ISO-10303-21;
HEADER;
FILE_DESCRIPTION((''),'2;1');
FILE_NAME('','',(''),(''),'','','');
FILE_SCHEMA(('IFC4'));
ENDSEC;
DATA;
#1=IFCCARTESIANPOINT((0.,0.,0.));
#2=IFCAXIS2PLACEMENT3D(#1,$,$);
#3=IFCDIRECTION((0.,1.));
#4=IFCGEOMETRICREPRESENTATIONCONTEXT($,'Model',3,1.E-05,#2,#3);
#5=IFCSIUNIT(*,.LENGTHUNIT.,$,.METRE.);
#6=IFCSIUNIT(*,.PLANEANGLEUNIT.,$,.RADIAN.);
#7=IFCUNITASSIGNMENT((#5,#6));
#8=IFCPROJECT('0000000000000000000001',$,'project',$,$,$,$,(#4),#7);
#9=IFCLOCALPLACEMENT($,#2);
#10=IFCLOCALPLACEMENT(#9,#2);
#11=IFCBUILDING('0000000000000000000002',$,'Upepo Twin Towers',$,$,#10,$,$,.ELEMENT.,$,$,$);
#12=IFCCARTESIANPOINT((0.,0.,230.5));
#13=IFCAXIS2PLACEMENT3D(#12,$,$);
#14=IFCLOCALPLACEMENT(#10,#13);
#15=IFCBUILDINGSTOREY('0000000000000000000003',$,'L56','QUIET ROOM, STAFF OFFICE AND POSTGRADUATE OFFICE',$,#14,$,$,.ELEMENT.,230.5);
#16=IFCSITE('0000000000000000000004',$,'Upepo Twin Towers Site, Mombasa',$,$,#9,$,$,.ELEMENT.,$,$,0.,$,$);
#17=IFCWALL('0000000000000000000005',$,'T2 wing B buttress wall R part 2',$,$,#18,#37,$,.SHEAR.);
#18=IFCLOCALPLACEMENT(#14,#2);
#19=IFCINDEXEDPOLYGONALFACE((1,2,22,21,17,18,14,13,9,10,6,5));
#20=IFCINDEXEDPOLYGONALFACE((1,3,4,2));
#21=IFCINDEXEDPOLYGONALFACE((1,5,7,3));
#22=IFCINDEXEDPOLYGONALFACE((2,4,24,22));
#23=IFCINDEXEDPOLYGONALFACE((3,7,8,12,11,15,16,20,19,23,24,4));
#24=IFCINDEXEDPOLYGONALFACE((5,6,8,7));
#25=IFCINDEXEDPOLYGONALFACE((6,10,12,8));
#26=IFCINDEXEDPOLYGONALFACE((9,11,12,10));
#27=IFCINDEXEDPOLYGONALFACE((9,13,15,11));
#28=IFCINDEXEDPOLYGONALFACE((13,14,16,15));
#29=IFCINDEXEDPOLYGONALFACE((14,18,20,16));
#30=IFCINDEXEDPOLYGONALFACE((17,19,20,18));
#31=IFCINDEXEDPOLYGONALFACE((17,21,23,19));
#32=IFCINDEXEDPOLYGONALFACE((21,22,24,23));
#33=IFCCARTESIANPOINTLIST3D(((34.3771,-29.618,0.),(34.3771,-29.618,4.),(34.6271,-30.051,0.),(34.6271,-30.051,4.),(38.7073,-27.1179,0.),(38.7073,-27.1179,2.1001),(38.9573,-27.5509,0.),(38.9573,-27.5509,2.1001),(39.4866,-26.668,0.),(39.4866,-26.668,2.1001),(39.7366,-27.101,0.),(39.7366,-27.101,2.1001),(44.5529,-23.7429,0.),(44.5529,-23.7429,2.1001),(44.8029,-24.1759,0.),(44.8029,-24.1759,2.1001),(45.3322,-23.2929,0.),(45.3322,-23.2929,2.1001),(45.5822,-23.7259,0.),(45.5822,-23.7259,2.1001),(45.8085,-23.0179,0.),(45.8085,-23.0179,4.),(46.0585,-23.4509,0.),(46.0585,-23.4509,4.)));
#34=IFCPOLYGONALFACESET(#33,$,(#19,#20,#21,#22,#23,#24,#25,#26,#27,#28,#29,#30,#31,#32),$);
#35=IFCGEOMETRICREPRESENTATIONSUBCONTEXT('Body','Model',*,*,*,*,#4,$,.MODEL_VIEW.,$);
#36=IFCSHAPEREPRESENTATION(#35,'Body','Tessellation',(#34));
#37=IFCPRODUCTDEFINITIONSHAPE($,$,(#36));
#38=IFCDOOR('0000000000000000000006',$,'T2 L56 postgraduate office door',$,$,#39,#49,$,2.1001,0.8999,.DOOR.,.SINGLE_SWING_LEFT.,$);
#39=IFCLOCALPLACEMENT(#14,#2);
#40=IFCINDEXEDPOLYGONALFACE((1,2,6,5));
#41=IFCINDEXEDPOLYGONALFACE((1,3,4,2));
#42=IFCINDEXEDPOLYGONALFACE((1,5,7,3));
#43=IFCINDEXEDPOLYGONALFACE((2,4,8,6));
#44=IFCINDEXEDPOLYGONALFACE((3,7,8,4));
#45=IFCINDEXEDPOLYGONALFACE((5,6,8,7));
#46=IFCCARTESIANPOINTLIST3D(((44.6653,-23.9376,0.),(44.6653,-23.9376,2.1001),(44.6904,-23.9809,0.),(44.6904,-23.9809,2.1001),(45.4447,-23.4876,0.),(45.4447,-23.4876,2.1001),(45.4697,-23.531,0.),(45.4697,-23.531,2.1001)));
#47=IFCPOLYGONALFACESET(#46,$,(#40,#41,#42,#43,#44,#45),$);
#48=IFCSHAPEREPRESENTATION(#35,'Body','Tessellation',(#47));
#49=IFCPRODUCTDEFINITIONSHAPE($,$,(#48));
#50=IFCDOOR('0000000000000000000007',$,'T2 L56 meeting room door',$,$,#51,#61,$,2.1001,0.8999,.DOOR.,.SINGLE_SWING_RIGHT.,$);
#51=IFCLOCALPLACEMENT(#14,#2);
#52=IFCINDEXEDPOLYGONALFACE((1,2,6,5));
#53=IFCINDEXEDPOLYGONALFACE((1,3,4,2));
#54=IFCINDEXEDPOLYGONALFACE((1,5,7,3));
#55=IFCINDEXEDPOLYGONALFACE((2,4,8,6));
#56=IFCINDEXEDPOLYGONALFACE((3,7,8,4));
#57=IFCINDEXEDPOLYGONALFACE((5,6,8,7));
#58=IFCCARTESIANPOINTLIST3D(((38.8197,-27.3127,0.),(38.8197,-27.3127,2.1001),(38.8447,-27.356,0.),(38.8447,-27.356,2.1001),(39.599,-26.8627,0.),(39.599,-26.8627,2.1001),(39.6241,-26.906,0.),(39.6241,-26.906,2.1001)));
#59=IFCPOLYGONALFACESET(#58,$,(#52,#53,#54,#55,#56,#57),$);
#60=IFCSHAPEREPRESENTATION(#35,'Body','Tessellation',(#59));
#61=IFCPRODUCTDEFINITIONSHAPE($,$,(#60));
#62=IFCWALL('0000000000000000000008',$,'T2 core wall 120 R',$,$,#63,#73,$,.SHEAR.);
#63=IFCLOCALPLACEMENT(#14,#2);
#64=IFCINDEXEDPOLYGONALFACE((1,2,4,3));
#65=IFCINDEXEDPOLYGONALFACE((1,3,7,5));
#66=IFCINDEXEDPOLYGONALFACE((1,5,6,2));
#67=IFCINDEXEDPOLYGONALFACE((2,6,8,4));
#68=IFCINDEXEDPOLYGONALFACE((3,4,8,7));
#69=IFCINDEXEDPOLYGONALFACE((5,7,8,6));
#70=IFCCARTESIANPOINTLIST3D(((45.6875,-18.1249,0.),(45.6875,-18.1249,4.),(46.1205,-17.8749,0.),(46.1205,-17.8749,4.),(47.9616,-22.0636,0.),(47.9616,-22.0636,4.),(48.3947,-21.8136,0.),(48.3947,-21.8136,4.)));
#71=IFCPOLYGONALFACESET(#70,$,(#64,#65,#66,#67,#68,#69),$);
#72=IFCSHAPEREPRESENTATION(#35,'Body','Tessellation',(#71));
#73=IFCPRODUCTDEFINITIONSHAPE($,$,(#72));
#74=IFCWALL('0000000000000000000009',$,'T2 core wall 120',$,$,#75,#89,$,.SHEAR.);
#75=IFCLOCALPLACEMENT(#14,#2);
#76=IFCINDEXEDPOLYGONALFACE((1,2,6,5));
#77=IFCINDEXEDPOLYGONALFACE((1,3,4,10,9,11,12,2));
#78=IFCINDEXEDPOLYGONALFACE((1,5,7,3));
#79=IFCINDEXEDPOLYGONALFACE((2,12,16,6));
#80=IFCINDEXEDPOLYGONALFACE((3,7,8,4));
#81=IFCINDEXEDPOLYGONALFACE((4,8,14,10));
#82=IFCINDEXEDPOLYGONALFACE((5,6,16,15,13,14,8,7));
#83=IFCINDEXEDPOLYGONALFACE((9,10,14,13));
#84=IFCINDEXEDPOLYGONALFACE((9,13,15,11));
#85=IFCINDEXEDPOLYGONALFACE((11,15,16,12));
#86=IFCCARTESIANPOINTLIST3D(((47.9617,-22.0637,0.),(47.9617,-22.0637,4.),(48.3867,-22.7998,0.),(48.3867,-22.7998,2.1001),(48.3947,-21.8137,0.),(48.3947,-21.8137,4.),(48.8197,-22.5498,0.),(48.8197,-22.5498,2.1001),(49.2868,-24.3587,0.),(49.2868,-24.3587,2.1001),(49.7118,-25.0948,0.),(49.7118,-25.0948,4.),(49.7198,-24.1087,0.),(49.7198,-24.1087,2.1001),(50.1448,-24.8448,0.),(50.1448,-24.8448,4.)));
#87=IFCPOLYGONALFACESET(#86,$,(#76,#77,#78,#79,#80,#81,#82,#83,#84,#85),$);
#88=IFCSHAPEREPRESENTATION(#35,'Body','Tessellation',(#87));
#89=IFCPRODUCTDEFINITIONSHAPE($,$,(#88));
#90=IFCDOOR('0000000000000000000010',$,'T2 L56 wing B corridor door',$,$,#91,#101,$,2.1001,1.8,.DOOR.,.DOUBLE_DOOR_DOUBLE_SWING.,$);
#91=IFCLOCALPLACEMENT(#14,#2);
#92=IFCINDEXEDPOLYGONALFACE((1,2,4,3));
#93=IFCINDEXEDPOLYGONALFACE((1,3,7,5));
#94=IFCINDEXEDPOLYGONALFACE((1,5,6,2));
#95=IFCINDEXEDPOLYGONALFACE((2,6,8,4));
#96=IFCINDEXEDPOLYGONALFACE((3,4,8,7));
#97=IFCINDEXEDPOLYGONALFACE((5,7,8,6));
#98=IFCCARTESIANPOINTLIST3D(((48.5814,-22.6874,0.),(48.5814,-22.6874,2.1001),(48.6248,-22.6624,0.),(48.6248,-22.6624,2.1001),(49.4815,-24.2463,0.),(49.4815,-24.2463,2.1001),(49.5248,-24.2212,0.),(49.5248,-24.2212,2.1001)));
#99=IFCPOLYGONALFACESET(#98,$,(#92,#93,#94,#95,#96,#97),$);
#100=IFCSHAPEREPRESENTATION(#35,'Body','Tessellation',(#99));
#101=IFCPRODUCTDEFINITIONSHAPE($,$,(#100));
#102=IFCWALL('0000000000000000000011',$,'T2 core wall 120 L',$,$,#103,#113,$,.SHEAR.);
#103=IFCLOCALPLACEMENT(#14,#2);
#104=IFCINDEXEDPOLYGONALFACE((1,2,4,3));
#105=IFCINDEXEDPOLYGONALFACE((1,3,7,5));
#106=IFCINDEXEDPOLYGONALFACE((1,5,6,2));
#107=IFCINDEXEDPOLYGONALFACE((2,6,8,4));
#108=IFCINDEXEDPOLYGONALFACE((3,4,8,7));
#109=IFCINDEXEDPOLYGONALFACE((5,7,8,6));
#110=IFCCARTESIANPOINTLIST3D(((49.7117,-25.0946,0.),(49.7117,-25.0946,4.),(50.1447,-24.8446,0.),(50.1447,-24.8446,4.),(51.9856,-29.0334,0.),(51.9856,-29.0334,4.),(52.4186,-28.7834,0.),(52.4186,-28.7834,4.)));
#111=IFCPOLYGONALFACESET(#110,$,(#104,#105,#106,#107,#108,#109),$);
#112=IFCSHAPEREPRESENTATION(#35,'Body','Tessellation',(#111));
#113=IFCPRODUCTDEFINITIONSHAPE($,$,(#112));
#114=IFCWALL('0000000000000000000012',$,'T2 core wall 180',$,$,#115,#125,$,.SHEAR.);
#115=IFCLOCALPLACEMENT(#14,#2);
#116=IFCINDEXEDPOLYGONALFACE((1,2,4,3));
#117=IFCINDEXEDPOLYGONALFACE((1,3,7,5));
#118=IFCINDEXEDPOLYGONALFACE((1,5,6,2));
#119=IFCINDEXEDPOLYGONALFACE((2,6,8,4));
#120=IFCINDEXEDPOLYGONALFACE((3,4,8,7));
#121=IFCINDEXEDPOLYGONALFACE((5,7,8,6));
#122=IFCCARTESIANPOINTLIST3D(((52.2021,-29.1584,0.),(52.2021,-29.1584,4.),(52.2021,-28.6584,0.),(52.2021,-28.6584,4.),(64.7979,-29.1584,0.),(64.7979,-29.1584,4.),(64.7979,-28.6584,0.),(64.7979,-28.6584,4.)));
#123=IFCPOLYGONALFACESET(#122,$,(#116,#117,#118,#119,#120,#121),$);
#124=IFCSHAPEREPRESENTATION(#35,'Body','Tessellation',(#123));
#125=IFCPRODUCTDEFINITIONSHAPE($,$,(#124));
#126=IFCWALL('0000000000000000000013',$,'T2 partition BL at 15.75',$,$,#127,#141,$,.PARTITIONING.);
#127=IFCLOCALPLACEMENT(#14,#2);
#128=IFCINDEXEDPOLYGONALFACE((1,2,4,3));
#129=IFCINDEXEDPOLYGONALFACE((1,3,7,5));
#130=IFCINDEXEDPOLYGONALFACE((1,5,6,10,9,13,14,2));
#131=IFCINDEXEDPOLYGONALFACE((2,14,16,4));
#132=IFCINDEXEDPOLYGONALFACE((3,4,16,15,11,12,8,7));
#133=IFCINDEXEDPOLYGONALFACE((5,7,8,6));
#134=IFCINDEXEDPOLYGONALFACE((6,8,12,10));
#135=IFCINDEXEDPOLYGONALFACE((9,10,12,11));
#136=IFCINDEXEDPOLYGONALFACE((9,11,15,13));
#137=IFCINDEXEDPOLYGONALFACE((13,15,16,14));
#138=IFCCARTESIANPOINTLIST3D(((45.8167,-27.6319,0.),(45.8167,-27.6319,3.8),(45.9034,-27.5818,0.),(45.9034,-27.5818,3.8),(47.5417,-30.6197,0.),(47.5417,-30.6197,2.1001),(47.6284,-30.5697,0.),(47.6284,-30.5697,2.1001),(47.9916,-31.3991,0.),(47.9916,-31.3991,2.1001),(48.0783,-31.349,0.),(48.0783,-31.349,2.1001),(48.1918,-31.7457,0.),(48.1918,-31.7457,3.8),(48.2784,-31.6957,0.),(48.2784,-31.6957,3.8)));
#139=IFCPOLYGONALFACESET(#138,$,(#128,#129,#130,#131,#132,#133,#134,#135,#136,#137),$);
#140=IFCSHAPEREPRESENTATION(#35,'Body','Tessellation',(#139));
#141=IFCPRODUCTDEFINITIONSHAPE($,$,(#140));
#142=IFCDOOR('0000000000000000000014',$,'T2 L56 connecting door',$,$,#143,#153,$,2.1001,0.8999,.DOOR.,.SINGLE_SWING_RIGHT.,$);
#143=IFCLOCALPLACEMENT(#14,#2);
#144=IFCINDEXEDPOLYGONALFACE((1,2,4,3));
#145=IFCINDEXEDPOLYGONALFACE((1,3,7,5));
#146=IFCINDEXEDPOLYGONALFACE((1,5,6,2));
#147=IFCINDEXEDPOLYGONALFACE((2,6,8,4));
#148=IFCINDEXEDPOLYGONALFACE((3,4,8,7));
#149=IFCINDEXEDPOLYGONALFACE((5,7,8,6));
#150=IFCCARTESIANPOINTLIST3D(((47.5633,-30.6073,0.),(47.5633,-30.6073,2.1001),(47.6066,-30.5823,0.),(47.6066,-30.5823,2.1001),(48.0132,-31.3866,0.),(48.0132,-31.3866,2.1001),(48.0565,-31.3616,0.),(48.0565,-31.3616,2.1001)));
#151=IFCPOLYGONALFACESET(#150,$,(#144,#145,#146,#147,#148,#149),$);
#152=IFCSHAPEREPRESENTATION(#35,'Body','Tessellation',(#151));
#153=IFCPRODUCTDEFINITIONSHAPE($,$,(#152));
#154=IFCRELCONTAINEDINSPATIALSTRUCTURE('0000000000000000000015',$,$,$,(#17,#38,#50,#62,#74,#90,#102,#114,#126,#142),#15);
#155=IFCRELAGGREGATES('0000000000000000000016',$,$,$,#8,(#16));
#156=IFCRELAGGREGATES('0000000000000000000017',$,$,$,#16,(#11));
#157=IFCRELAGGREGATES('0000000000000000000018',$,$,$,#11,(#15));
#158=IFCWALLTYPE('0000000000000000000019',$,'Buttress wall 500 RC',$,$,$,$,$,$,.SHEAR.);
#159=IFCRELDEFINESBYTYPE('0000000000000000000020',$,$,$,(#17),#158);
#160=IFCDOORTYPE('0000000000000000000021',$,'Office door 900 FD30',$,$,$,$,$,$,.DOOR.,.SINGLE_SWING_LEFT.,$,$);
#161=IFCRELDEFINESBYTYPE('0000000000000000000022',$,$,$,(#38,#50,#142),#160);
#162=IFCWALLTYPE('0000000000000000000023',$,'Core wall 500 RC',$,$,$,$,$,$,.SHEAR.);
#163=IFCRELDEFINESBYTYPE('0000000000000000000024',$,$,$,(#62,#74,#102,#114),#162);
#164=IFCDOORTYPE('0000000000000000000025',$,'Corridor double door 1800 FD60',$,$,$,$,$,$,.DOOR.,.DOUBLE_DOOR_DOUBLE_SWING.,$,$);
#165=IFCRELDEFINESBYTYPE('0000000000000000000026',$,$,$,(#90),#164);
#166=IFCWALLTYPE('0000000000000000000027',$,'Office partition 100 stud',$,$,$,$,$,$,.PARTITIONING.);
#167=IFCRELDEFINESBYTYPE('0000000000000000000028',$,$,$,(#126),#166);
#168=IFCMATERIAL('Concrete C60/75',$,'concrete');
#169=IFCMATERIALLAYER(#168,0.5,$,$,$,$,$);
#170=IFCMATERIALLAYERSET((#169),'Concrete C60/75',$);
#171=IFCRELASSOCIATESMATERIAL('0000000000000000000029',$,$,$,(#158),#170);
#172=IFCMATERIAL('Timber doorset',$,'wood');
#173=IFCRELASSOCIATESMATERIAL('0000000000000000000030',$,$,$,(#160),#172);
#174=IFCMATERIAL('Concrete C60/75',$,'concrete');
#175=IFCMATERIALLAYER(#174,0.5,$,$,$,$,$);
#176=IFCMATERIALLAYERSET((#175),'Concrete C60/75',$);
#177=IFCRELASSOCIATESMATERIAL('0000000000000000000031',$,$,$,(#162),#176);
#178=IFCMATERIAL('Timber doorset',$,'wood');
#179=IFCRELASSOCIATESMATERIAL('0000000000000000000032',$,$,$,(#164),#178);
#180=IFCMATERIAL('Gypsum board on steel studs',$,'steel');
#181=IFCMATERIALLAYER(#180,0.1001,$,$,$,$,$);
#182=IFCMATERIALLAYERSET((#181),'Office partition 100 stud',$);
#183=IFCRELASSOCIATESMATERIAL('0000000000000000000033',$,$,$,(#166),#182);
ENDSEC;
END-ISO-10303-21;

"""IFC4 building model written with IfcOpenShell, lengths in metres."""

from ifc_helpers import new_model, si_unit, direction, frame, frame_2d, origin, place, context, subcontext, project, spatial, rectangle, extrude, material, layer, layer_set, type_object, element, fill, save


model = new_model("IFC4")

# Units and contexts
model_context = context("Model", 3, precision=1e-05, world=origin(), true_north=direction((0.0, 1.0)))
body_context = subcontext(model_context, "Body", "Model", "MODEL_VIEW")
ifc_project = project(units=[si_unit("LENGTHUNIT", "METRE"), si_unit("PLANEANGLEUNIT", "RADIAN")], contexts=[model_context])

# Site, building, storey
site_placement = place(None, origin())
site = spatial("IfcSite", under=ifc_project, at=site_placement, Name="Upepo Twin Towers Site, Mombasa", CompositionType="ELEMENT", RefElevation=0.0)
building_placement = place(site_placement, origin())
building = spatial("IfcBuilding", under=site, at=building_placement, Name="Upepo Twin Towers", CompositionType="ELEMENT")
storey_placement = place(building_placement, frame((0.0, 0.0, 230.5)))
storey = spatial("IfcBuildingStorey", under=building, at=storey_placement, Name="L56", Description="QUIET ROOM, STAFF OFFICE AND POSTGRADUATE OFFICE", CompositionType="ELEMENT", Elevation=230.5)

# Wall, openings, doors
ifc_material_1 = material(Name="Concrete C60/75", Category="concrete")
ifc_layer_1 = layer(ifc_material_1, 0.5)
ifc_layer_set_1 = layer_set([ifc_layer_1], Name="Concrete C60/75")
wall_type_1 = type_object("IfcWallType", Name="Buttress wall 500 RC", PredefinedType="SHEAR", material=ifc_layer_set_1)
ifc_material_2 = material(Name="Timber doorset", Category="wood")
door_type_1 = type_object("IfcDoorType", Name="Office door 900 FD30", OperationType="SINGLE_SWING_LEFT", PredefinedType="DOOR", material=ifc_material_2)
wall_1_placement = place(storey_placement, frame((45.9336, -23.2344, 0.0), z_axis=(0.0, 0.0, 1.0), x_axis=(-0.86602, -0.50001, 0.0)))
wall_1 = element("IfcWall", 1, at=wall_1_placement, inside=storey, type_object=wall_type_1, Name="T2 wing B buttress wall R part 2", PredefinedType="SHEAR", context=body_context, shape_type="SweptSolid", body=[
    extrude(rectangle(XDim=13.2, YDim=0.5, at=frame_2d((6.6001, 0.0))), origin(), (0.0, 0.0, 1.0), 4.0),
])
opening_1_placement = place(wall_1_placement, frame((0.55, 0.0, 0.0)))
opening_1 = element("IfcOpeningElement", 2, at=opening_1_placement, cuts=wall_1, PredefinedType="OPENING", context=body_context, shape_type="SweptSolid", body=[
    extrude(rectangle(XDim=0.8999, YDim=2.1001, at=frame_2d((0.45, 1.05))), frame((0.0, 0.26, 0.0), z_axis=(0.0, -1.0, 0.0), x_axis=(1.0, 0.0, 0.0)), (0.0, 0.0, 1.0), 0.52),
])
opening_2_placement = place(wall_1_placement, frame((7.3, 0.0, 0.0)))
opening_2 = element("IfcOpeningElement", 3, at=opening_2_placement, cuts=wall_1, PredefinedType="OPENING", context=body_context, shape_type="SweptSolid", body=[
    extrude(rectangle(XDim=0.8999, YDim=2.1001, at=frame_2d((0.45, 1.05))), frame((0.0, 0.26, 0.0), z_axis=(0.0, -1.0, 0.0), x_axis=(1.0, 0.0, 0.0)), (0.0, 0.0, 1.0), 0.52),
])
door_1_placement = place(opening_1_placement, origin())
door_1 = element("IfcDoor", 4, at=door_1_placement, inside=storey, type_object=door_type_1, Name="T2 L56 postgraduate office door", OperationType="SINGLE_SWING_LEFT", OverallHeight=2.1001, OverallWidth=0.8999, PredefinedType="DOOR", context=body_context, shape_type="SweptSolid", body=[
    extrude(rectangle(XDim=0.8999, YDim=2.1001, at=frame_2d((0.45, 1.05))), frame((0.0, 0.0249, 0.0), z_axis=(0.0, -1.0, 0.0), x_axis=(1.0, 0.0, 0.0)), (0.0, 0.0, 1.0), 0.05),
])
fill(opening_1, door_1)
door_2_placement = place(opening_2_placement, origin())
door_2 = element("IfcDoor", 5, at=door_2_placement, inside=storey, type_object=door_type_1, Name="T2 L56 meeting room door", OperationType="SINGLE_SWING_RIGHT", OverallHeight=2.1001, OverallWidth=0.8999, PredefinedType="DOOR", context=body_context, shape_type="SweptSolid", body=[
    extrude(rectangle(XDim=0.8999, YDim=2.1001, at=frame_2d((0.45, 1.05))), frame((0.0, 0.0249, 0.0), z_axis=(0.0, -1.0, 0.0), x_axis=(1.0, 0.0, 0.0)), (0.0, 0.0, 1.0), 0.05),
])
fill(opening_2, door_2)

# Wall
ifc_material_3 = material(Name="Concrete C60/75", Category="concrete")
ifc_layer_2 = layer(ifc_material_3, 0.5)
ifc_layer_set_2 = layer_set([ifc_layer_2], Name="Concrete C60/75")
wall_type_2 = type_object("IfcWallType", Name="Core wall 500 RC", PredefinedType="SHEAR", material=ifc_layer_set_2)
wall_2_placement = place(storey_placement, frame((45.9041, -18.0, 0.0), z_axis=(0.0, 0.0, 1.0), x_axis=(0.500024, -0.866011, 0.0)))
element("IfcWall", 6, at=wall_2_placement, inside=storey, type_object=wall_type_2, Name="T2 core wall 120 R", PredefinedType="SHEAR", context=body_context, shape_type="SweptSolid", body=[
    extrude(rectangle(XDim=4.5481, YDim=0.5, at=frame_2d((2.2739, 0.0))), origin(), (0.0, 0.0, 1.0), 4.0),
])

# Wall, opening, door
wall_3_placement = place(storey_placement, frame((48.1782, -21.9387, 0.0), z_axis=(0.0, 0.0, 1.0), x_axis=(0.50001, -0.866019, 0.0)))
wall_3 = element("IfcWall", 7, at=wall_3_placement, inside=storey, type_object=wall_type_2, Name="T2 core wall 120", PredefinedType="SHEAR", context=body_context, shape_type="SweptSolid", body=[
    extrude(rectangle(XDim=3.5, YDim=0.5, at=frame_2d((1.75, 0.0))), origin(), (0.0, 0.0, 1.0), 4.0),
])
opening_3_placement = place(wall_3_placement, frame((0.8501, 0.0, 0.0)))
opening_3 = element("IfcOpeningElement", 8, at=opening_3_placement, cuts=wall_3, PredefinedType="OPENING", context=body_context, shape_type="SweptSolid", body=[
    extrude(rectangle(XDim=1.8, YDim=2.1001, at=frame_2d((0.8999, 1.05))), frame((0.0, 0.26, 0.0), z_axis=(0.0, -1.0, 0.0), x_axis=(1.0, 0.0, 0.0)), (0.0, 0.0, 1.0), 0.52),
])
ifc_material_4 = material(Name="Timber doorset", Category="wood")
door_type_2 = type_object("IfcDoorType", Name="Corridor double door 1800 FD60", OperationType="DOUBLE_DOOR_DOUBLE_SWING", PredefinedType="DOOR", material=ifc_material_4)
door_3_placement = place(opening_3_placement, origin())
door_3 = element("IfcDoor", 9, at=door_3_placement, inside=storey, type_object=door_type_2, Name="T2 L56 wing B corridor door", OperationType="DOUBLE_DOOR_DOUBLE_SWING", OverallHeight=2.1001, OverallWidth=1.8, PredefinedType="DOOR", context=body_context, shape_type="SweptSolid", body=[
    extrude(rectangle(XDim=1.8, YDim=2.1001, at=frame_2d((0.8999, 1.05))), frame((0.0, 0.0249, 0.0), z_axis=(0.0, -1.0, 0.0), x_axis=(1.0, 0.0, 0.0)), (0.0, 0.0, 1.0), 0.05),
])
fill(opening_3, door_3)

# Walls
wall_4_placement = place(storey_placement, frame((49.9282, -24.9697, 0.0), z_axis=(0.0, 0.0, 1.0), x_axis=(0.499984, -0.866035, 0.0)))
element("IfcWall", 10, at=wall_4_placement, inside=storey, type_object=wall_type_2, Name="T2 core wall 120 L", PredefinedType="SHEAR", context=body_context, shape_type="SweptSolid", body=[
    extrude(rectangle(XDim=4.5481, YDim=0.5, at=frame_2d((2.2739, 0.0))), origin(), (0.0, 0.0, 1.0), 4.0),
])
wall_5_placement = place(storey_placement, frame((52.2021, -28.9084, 0.0), z_axis=(0.0, 0.0, 1.0), x_axis=(1.0, 0.0, 0.0)))
element("IfcWall", 11, at=wall_5_placement, inside=storey, type_object=wall_type_2, Name="T2 core wall 180", PredefinedType="SHEAR", context=body_context, shape_type="SweptSolid", body=[
    extrude(rectangle(XDim=12.5957, YDim=0.5, at=frame_2d((6.2979, 0.0))), origin(), (0.0, 0.0, 1.0), 4.0),
])

# Wall, opening, door
ifc_material_5 = material(Name="Gypsum board on steel studs", Category="steel")
ifc_layer_3 = layer(ifc_material_5, 0.1001)
ifc_layer_set_3 = layer_set([ifc_layer_3], Name="Office partition 100 stud")
wall_type_3 = type_object("IfcWallType", Name="Office partition 100 stud", PredefinedType="PARTITIONING", material=ifc_layer_set_3)
wall_6_placement = place(storey_placement, frame((45.8601, -27.6069, 0.0), z_axis=(0.0, 0.0, 1.0), x_axis=(0.499986, -0.866033, 0.0)))
wall_6 = element("IfcWall", 12, at=wall_6_placement, inside=storey, type_object=wall_type_3, Name="T2 partition BL at 15.75", PredefinedType="PARTITIONING", context=body_context, shape_type="SweptSolid", body=[
    extrude(rectangle(XDim=4.7502, YDim=0.1001, at=frame_2d((2.375, 0.0))), origin(), (0.0, 0.0, 1.0), 3.8),
])
opening_4_placement = place(wall_6_placement, frame((3.45, 0.0, 0.0)))
opening_4 = element("IfcOpeningElement", 13, at=opening_4_placement, cuts=wall_6, PredefinedType="OPENING", context=body_context, shape_type="SweptSolid", body=[
    extrude(rectangle(XDim=0.8999, YDim=2.1001, at=frame_2d((0.45, 1.05))), frame((0.0, 0.0601, 0.0), z_axis=(0.0, -1.0, 0.0), x_axis=(1.0, 0.0, 0.0)), (0.0, 0.0, 1.0), 0.1201),
])
door_4_placement = place(opening_4_placement, origin())
door_4 = element("IfcDoor", 14, at=door_4_placement, inside=storey, type_object=door_type_1, Name="T2 L56 connecting door", OperationType="SINGLE_SWING_RIGHT", OverallHeight=2.1001, OverallWidth=0.8999, PredefinedType="DOOR", context=body_context, shape_type="SweptSolid", body=[
    extrude(rectangle(XDim=0.8999, YDim=2.1001, at=frame_2d((0.45, 1.05))), frame((0.0, 0.0249, 0.0), z_axis=(0.0, -1.0, 0.0), x_axis=(1.0, 0.0, 0.0)), (0.0, 0.0, 1.0), 0.05),
])
fill(opening_4, door_4)

save(model, "model.ifc")
